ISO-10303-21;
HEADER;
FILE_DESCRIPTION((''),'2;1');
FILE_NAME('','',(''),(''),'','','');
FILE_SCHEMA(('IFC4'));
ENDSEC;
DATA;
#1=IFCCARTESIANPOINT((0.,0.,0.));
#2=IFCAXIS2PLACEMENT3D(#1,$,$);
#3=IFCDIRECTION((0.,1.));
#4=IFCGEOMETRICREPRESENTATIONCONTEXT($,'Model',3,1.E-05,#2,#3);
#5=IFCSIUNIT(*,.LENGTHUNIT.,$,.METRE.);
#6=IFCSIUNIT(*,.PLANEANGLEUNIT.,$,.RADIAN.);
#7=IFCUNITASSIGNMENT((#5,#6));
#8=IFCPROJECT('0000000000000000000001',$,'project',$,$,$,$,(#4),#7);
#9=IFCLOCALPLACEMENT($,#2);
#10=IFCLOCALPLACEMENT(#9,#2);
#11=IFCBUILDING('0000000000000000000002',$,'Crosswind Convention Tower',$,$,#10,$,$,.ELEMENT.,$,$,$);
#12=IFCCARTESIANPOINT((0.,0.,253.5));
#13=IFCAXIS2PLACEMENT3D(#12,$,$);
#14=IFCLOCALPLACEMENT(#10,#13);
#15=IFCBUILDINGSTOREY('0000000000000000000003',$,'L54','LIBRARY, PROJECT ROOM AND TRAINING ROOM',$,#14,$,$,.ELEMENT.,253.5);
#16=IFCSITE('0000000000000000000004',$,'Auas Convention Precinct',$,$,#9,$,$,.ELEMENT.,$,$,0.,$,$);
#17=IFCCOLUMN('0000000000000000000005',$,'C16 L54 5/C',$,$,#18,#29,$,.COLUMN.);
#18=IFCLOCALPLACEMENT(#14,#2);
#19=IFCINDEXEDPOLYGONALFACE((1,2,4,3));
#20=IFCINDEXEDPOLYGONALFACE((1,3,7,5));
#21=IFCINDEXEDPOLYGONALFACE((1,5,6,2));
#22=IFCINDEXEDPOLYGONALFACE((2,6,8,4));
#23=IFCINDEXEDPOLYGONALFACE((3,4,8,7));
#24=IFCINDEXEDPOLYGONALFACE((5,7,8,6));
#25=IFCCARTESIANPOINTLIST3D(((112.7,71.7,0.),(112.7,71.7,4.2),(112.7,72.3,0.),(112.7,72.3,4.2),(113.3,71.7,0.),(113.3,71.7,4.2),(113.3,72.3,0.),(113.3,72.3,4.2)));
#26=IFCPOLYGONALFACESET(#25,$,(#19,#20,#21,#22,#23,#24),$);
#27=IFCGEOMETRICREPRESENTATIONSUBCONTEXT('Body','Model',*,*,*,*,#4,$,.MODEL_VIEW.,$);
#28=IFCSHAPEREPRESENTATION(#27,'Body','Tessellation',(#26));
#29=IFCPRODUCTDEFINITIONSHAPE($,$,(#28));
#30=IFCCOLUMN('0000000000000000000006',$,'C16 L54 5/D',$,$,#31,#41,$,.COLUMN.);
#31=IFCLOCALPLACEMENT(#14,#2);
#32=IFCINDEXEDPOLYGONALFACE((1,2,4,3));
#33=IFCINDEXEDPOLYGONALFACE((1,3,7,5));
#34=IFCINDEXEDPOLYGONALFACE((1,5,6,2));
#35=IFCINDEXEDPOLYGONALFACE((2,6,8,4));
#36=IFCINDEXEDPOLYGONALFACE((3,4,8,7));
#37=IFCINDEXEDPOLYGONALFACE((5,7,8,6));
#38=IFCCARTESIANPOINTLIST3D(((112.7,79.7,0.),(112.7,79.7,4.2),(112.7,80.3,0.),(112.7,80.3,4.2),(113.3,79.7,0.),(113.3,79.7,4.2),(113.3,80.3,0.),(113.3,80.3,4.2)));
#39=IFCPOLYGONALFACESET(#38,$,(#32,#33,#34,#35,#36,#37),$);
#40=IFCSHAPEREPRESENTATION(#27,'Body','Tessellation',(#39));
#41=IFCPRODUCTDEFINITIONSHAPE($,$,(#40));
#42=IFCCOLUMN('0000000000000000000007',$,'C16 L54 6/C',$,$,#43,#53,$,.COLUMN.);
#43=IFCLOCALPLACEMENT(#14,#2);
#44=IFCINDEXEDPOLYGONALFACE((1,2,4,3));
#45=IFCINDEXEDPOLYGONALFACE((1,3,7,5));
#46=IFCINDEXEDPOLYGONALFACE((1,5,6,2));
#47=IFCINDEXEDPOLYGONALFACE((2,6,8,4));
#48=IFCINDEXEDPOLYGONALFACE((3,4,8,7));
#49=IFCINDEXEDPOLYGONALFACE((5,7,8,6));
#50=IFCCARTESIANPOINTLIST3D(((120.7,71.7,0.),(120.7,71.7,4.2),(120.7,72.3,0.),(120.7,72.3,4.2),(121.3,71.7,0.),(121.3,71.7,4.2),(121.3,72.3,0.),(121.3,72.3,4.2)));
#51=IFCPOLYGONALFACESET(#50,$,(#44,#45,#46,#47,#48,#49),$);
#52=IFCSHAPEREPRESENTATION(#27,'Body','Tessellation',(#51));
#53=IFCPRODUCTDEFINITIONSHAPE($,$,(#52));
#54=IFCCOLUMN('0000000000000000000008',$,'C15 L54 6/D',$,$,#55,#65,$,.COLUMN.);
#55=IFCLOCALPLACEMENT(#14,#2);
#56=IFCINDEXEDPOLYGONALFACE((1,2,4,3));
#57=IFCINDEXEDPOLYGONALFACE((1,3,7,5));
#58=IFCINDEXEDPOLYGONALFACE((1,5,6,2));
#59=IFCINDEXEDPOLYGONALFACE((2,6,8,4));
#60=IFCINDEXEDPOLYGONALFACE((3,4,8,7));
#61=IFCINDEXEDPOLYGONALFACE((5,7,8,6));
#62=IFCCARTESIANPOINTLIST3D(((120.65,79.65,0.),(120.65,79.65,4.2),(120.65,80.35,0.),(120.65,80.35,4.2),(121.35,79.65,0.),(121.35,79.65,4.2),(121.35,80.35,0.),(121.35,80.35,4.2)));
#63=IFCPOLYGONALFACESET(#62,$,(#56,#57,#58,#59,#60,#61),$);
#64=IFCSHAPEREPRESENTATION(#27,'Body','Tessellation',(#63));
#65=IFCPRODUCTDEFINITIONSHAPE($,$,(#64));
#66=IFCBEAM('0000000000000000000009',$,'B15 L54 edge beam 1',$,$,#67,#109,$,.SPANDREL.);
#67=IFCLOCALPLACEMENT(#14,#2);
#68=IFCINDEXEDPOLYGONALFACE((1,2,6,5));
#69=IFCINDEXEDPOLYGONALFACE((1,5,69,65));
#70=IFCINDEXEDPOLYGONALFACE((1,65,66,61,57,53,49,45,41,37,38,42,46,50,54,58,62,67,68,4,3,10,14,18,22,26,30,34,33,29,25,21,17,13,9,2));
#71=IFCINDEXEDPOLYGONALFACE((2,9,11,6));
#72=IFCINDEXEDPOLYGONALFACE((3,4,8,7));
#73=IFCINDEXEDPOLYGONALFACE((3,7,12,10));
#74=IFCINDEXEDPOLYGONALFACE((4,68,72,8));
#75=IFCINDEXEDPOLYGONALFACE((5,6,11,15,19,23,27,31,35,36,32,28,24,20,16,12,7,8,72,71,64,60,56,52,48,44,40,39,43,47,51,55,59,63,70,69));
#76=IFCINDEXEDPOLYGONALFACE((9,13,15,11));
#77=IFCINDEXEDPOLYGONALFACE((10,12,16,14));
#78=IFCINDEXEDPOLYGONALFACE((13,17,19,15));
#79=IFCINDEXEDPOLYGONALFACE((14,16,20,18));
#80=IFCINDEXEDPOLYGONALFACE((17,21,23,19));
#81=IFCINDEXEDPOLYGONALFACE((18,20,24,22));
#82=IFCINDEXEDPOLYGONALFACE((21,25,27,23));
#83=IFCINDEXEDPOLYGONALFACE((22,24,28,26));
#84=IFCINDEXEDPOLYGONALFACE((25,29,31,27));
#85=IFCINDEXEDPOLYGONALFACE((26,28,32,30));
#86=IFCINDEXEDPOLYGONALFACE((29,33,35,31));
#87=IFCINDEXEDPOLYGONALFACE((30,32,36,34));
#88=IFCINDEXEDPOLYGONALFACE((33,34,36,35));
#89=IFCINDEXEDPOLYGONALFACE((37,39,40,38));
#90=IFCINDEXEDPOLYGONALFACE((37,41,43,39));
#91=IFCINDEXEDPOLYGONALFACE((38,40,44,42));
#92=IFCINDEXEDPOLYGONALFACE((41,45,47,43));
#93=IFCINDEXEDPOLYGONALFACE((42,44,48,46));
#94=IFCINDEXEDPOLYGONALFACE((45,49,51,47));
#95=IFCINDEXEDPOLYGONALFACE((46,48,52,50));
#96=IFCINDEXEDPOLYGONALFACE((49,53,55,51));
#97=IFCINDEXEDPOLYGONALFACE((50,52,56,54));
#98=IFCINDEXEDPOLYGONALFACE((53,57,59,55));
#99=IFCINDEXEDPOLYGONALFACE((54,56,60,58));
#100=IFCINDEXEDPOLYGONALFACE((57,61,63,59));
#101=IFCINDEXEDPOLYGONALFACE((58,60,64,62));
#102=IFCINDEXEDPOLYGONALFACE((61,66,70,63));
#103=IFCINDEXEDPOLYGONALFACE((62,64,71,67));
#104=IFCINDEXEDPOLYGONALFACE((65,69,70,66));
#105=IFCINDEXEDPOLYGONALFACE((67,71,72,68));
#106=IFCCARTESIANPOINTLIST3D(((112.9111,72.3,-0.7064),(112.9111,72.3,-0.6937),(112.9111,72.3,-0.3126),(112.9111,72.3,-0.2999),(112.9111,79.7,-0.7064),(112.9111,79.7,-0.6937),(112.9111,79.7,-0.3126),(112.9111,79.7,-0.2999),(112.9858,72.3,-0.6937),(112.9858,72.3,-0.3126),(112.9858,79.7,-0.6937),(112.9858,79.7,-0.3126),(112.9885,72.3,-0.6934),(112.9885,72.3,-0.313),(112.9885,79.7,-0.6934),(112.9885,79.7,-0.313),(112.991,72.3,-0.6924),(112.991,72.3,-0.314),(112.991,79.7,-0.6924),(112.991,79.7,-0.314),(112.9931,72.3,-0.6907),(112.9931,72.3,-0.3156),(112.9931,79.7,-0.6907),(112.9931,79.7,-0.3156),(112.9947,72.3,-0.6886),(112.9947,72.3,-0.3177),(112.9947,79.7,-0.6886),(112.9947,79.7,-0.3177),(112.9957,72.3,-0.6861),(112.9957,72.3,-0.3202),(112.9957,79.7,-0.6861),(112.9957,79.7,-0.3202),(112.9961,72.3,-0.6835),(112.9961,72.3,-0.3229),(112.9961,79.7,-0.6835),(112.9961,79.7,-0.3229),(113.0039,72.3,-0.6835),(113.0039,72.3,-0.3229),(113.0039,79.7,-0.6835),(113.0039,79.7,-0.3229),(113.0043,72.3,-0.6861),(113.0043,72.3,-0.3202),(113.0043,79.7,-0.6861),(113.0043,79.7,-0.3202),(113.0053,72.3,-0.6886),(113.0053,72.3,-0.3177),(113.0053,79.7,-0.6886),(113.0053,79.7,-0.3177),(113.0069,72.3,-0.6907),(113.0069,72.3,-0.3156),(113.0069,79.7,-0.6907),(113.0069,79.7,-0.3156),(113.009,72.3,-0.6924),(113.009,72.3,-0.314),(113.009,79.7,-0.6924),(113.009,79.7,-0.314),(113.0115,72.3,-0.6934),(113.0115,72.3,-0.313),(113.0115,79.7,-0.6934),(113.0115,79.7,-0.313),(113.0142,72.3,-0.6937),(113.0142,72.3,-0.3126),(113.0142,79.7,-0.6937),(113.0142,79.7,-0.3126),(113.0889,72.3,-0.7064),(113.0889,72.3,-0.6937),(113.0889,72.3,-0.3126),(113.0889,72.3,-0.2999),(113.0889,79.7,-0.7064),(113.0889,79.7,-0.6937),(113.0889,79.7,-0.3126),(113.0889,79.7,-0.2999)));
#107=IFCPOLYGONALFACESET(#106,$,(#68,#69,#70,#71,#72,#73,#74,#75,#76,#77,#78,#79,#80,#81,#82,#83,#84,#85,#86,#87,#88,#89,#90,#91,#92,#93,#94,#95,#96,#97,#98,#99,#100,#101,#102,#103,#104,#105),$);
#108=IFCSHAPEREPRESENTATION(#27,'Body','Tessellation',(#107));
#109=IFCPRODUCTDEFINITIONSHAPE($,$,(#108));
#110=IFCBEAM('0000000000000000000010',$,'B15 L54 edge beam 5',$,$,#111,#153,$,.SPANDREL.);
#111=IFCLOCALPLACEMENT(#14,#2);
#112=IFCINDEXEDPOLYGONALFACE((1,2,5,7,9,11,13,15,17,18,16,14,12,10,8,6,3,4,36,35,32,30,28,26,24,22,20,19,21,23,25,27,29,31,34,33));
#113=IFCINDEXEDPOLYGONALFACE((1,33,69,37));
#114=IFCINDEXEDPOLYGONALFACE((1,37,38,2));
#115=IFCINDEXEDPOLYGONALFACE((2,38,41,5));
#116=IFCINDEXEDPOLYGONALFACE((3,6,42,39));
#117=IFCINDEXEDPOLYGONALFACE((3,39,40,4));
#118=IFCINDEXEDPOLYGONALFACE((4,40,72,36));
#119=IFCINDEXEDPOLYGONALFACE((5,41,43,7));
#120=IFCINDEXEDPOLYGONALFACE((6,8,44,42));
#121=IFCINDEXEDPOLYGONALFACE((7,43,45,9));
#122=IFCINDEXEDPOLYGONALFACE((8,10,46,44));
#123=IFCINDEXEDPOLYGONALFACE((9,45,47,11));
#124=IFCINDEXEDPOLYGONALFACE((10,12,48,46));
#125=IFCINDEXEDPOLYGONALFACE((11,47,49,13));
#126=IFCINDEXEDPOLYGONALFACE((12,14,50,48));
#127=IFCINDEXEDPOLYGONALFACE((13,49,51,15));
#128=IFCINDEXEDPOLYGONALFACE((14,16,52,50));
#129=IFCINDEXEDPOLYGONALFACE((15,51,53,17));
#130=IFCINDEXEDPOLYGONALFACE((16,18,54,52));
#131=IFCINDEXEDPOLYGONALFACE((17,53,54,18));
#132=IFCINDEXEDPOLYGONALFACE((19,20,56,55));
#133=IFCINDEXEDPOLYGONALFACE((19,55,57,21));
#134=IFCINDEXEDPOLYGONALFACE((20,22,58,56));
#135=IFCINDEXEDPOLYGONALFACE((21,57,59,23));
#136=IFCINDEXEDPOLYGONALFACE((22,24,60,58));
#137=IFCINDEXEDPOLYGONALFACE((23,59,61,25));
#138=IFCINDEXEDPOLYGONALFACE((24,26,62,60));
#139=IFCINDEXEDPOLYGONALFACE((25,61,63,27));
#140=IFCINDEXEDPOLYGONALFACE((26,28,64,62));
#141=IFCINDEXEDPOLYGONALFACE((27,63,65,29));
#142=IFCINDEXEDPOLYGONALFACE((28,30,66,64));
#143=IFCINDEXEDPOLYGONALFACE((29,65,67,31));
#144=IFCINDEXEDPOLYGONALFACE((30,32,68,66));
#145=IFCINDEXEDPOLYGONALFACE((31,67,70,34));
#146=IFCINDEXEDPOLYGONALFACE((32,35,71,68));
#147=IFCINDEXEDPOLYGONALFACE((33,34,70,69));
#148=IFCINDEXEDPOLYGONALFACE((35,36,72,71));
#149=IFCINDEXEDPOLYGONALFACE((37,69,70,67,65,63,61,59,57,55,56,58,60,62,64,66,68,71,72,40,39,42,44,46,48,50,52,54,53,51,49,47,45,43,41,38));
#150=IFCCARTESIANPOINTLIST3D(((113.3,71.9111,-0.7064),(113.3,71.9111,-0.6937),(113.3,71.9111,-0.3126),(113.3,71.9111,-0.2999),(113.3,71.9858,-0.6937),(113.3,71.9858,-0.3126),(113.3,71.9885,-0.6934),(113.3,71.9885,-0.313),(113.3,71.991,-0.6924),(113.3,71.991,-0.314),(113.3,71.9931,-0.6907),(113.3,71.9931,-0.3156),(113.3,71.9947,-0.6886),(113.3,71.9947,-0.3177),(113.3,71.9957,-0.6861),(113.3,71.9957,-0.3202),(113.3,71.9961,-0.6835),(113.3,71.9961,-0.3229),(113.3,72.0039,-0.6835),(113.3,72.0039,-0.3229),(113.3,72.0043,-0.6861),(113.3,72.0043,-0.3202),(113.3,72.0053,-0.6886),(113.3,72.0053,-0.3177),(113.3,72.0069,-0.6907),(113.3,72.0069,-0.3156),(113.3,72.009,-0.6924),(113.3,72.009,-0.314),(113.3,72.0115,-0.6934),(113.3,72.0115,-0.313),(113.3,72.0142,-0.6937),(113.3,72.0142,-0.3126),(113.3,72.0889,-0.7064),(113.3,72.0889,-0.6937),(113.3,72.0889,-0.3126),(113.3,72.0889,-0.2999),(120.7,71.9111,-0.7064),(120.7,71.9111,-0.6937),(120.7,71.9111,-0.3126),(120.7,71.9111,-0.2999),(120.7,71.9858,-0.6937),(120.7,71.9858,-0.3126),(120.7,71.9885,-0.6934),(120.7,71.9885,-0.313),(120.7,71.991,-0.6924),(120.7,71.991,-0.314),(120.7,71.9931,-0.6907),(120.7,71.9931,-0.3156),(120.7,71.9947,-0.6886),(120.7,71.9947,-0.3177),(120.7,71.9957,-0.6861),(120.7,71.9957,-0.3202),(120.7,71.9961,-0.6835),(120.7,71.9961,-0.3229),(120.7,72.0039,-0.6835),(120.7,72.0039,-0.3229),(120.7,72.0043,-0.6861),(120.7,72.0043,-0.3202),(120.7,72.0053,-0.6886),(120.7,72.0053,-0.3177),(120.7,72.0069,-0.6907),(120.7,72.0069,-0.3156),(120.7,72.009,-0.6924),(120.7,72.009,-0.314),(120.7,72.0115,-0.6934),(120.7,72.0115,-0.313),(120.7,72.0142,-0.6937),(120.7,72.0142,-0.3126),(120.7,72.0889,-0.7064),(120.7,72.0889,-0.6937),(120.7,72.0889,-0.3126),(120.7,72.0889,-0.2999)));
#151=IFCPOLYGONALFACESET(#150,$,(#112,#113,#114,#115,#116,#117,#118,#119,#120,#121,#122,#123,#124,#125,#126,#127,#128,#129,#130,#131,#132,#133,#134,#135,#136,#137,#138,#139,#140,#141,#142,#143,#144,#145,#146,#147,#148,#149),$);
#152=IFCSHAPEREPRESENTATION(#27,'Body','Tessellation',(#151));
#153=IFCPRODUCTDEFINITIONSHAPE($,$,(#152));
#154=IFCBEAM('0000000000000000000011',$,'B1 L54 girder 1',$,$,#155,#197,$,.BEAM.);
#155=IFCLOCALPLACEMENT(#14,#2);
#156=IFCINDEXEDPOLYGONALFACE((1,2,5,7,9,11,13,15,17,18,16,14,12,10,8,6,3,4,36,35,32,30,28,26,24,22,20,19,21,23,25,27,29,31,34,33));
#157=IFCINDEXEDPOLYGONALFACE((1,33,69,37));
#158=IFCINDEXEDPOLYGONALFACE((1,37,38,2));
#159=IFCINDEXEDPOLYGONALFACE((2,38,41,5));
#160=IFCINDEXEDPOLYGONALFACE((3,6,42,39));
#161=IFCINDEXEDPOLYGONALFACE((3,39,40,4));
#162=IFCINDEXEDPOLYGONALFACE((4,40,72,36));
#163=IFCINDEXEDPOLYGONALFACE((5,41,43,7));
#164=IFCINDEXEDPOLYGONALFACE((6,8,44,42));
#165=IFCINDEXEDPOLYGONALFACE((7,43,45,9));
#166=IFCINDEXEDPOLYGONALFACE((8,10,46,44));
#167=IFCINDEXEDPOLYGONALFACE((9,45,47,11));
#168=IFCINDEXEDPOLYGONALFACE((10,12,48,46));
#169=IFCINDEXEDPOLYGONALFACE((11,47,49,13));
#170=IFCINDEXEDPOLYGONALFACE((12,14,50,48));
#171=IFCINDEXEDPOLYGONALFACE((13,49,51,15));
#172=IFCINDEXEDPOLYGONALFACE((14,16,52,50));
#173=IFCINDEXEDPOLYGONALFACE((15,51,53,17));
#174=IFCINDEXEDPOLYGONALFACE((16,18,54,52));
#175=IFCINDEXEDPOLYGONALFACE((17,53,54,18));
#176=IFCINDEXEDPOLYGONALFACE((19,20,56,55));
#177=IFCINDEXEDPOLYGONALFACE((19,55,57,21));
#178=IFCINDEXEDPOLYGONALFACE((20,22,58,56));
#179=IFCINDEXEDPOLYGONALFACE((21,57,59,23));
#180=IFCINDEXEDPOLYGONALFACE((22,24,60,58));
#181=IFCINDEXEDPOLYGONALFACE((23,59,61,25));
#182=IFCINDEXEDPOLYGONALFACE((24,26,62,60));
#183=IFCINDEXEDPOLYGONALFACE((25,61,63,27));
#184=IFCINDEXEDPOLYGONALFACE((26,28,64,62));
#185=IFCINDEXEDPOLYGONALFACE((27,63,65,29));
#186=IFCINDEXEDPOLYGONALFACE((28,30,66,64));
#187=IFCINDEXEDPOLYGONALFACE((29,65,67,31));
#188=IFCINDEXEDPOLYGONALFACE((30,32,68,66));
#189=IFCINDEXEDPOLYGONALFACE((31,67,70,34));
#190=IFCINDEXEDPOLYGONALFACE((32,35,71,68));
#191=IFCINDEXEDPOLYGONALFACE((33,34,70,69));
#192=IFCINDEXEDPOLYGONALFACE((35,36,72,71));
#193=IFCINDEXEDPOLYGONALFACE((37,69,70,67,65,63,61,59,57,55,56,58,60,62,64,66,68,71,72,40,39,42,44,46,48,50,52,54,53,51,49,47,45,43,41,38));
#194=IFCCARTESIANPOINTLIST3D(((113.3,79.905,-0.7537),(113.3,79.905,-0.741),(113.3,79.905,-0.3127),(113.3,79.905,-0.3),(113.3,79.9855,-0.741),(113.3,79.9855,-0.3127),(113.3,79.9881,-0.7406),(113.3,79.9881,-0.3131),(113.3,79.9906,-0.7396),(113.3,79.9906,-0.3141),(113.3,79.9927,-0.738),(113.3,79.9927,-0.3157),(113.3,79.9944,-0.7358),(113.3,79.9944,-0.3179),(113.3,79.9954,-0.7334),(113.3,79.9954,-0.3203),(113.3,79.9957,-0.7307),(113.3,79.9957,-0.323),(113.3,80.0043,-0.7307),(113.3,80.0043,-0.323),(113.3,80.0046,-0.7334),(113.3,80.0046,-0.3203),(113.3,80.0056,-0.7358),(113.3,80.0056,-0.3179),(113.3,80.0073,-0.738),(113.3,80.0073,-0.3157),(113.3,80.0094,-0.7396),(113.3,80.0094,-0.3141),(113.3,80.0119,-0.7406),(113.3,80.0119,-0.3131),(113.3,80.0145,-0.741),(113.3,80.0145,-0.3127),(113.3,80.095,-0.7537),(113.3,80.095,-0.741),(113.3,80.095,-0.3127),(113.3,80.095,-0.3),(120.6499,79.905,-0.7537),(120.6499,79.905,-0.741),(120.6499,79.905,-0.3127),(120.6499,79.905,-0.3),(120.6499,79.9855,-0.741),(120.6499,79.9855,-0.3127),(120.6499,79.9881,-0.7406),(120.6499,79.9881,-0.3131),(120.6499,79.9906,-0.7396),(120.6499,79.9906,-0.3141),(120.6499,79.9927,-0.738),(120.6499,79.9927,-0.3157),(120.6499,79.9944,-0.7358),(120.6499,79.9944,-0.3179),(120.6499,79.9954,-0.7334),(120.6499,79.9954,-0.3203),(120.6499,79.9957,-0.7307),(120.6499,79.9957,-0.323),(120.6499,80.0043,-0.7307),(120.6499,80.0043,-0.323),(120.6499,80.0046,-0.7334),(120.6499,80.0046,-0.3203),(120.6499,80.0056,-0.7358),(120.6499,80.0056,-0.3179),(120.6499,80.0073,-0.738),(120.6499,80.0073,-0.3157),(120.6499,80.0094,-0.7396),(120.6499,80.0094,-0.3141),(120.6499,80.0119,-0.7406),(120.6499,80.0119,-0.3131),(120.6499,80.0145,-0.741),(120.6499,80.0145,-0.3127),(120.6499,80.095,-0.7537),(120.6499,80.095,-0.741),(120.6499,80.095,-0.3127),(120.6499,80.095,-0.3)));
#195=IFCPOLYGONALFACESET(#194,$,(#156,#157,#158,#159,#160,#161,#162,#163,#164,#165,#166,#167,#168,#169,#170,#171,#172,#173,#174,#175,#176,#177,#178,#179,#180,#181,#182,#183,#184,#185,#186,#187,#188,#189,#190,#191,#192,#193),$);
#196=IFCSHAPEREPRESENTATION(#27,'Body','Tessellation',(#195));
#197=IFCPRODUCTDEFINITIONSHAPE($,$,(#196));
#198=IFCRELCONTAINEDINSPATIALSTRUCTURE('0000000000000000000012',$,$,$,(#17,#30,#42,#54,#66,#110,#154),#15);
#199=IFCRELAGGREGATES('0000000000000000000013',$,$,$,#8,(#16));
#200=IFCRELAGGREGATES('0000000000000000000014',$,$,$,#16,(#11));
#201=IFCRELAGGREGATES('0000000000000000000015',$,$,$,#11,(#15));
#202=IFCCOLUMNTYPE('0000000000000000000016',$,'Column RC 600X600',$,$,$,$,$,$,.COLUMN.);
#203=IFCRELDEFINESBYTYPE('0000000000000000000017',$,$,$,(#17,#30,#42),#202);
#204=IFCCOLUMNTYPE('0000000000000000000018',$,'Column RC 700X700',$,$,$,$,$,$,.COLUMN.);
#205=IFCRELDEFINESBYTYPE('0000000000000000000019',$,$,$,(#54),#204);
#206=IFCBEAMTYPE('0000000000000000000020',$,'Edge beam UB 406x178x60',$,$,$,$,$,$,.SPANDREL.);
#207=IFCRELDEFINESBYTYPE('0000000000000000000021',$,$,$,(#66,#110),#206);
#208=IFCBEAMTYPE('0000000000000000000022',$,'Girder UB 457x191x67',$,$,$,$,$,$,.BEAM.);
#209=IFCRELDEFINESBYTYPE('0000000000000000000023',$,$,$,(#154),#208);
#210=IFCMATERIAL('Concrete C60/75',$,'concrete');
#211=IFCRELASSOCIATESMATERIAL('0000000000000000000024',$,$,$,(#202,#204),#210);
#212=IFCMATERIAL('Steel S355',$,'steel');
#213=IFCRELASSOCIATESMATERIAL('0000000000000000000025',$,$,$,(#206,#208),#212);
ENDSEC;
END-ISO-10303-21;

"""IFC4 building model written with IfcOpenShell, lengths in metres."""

from ifc_helpers import new_model, si_unit, direction, frame, origin, origin_2d, place, context, subcontext, project, spatial, rectangle, i_section, extrude, material, material_profile, profile_set, type_object, element, save


model = new_model("IFC4")

# Units and contexts
model_context = context("Model", 3, precision=1e-05, world=origin(), true_north=direction((0.0, 1.0)))
body_context = subcontext(model_context, "Body", "Model", "MODEL_VIEW")
ifc_project = project(units=[si_unit("LENGTHUNIT", "METRE"), si_unit("PLANEANGLEUNIT", "RADIAN")], contexts=[model_context])

# Site, building, storey
site_placement = place(None, origin())
site = spatial("IfcSite", under=ifc_project, at=site_placement, Name="Auas Convention Precinct", CompositionType="ELEMENT", RefElevation=0.0)
building_placement = place(site_placement, origin())
building = spatial("IfcBuilding", under=site, at=building_placement, Name="Crosswind Convention Tower", CompositionType="ELEMENT")
storey_placement = place(building_placement, frame((0.0, 0.0, 253.5)))
storey = spatial("IfcBuildingStorey", under=building, at=storey_placement, Name="L54", Description="LIBRARY, PROJECT ROOM AND TRAINING ROOM", CompositionType="ELEMENT", Elevation=253.5)

# Columns
ifc_material_1 = material(Name="Concrete C60/75", Category="concrete")
ifc_material_profile_1 = material_profile(ifc_material_1, rectangle(XDim=0.6001, YDim=0.6001, at=origin_2d()), Name="RC 600X600")
ifc_profile_set_1 = profile_set([ifc_material_profile_1], Name="Concrete C60/75")
column_type_1 = type_object("IfcColumnType", Name="Column RC 600X600", PredefinedType="COLUMN", material=ifc_profile_set_1)
for number, where, z_axis, x_axis, name in (
    (1, (113.0, 72.0, 0.0), (0.0, 0.0, 1.0), (1.0, 0.0, 0.0), "C16 L54 5/C"),
    (2, (113.0, 80.0, 0.0), (0.0, 0.0, 1.0), (1.0, 0.0, 0.0), "C16 L54 5/D"),
    (3, (121.0, 72.0, 0.0), (0.0, 0.0, 1.0), (1.0, 0.0, 0.0), "C16 L54 6/C"),
):
    element("IfcColumn", number, at=place(storey_placement, frame(where, z_axis=z_axis, x_axis=x_axis)), inside=storey, type_object=column_type_1, Name=name, PredefinedType="COLUMN", context=body_context, shape_type="SweptSolid", body=[
        extrude(rectangle(XDim=0.6001, YDim=0.6001, at=origin_2d()), origin(), (0.0, 0.0, 1.0), 4.2),
    ])
ifc_material_profile_2 = material_profile(ifc_material_1, rectangle(XDim=0.7, YDim=0.7, at=origin_2d()), Name="RC 700X700")
ifc_profile_set_2 = profile_set([ifc_material_profile_2], Name="Concrete C60/75")
column_type_2 = type_object("IfcColumnType", Name="Column RC 700X700", PredefinedType="COLUMN", material=ifc_profile_set_2)
column_placement = place(storey_placement, frame((121.0, 80.0, 0.0), z_axis=(0.0, 0.0, 1.0), x_axis=(1.0, 0.0, 0.0)))
element("IfcColumn", 4, at=column_placement, inside=storey, type_object=column_type_2, Name="C15 L54 6/D", PredefinedType="COLUMN", context=body_context, shape_type="SweptSolid", body=[
    extrude(rectangle(XDim=0.7, YDim=0.7, at=origin_2d()), origin(), (0.0, 0.0, 1.0), 4.2),
])

# Beams
ifc_material_2 = material(Name="Steel S355", Category="steel")
ifc_material_profile_3 = material_profile(ifc_material_2, i_section(OverallWidth=0.1777, OverallDepth=0.4065, WebThickness=0.0078, FlangeThickness=0.0127, FilletRadius=0.0103, at=origin_2d()), Name="UB 406x178x60")
ifc_profile_set_3 = profile_set([ifc_material_profile_3], Name="Steel S355")
beam_type_1 = type_object("IfcBeamType", Name="Edge beam UB 406x178x60", PredefinedType="SPANDREL", material=ifc_profile_set_3)
for number, where, z_axis, x_axis, name in (
    (5, (113.0, 72.3, -0.5032), (0.0, 1.0, 0.0), (-1.0, 0.0, 0.0), "B15 L54 edge beam 1"),
    (6, (113.3, 72.0, -0.5032), (1.0, 0.0, 0.0), (0.0, 1.0, 0.0), "B15 L54 edge beam 5"),
):
    element("IfcBeam", number, at=place(storey_placement, frame(where, z_axis=z_axis, x_axis=x_axis)), inside=storey, type_object=beam_type_1, Name=name, PredefinedType="SPANDREL", context=body_context, shape_type="SweptSolid", body=[
        extrude(i_section(OverallWidth=0.1777, OverallDepth=0.4065, WebThickness=0.0078, FlangeThickness=0.0127, FilletRadius=0.0103, at=origin_2d()), origin(), (0.0, 0.0, 1.0), 7.3999),
    ])
ifc_material_profile_4 = material_profile(ifc_material_2, i_section(OverallWidth=0.1899, OverallDepth=0.4536, WebThickness=0.0085, FlangeThickness=0.0127, FilletRadius=0.0103, at=origin_2d()), Name="UB 457x191x67")
ifc_profile_set_4 = profile_set([ifc_material_profile_4], Name="Steel S355")
beam_type_2 = type_object("IfcBeamType", Name="Girder UB 457x191x67", PredefinedType="BEAM", material=ifc_profile_set_4)
for number, where, z_axis, x_axis, name in (
    (7, (113.3, 80.0, -0.5269), (1.0, 0.0, 0.0), (0.0, 1.0, 0.0), "B1 L54 girder 1"),
):
    element("IfcBeam", number, at=place(storey_placement, frame(where, z_axis=z_axis, x_axis=x_axis)), inside=storey, type_object=beam_type_2, Name=name, PredefinedType="BEAM", context=body_context, shape_type="SweptSolid", body=[
        extrude(i_section(OverallWidth=0.1899, OverallDepth=0.4536, WebThickness=0.0085, FlangeThickness=0.0127, FilletRadius=0.0103, at=origin_2d()), origin(), (0.0, 0.0, 1.0), 7.3499),
    ])

save(model, "model.ifc")
